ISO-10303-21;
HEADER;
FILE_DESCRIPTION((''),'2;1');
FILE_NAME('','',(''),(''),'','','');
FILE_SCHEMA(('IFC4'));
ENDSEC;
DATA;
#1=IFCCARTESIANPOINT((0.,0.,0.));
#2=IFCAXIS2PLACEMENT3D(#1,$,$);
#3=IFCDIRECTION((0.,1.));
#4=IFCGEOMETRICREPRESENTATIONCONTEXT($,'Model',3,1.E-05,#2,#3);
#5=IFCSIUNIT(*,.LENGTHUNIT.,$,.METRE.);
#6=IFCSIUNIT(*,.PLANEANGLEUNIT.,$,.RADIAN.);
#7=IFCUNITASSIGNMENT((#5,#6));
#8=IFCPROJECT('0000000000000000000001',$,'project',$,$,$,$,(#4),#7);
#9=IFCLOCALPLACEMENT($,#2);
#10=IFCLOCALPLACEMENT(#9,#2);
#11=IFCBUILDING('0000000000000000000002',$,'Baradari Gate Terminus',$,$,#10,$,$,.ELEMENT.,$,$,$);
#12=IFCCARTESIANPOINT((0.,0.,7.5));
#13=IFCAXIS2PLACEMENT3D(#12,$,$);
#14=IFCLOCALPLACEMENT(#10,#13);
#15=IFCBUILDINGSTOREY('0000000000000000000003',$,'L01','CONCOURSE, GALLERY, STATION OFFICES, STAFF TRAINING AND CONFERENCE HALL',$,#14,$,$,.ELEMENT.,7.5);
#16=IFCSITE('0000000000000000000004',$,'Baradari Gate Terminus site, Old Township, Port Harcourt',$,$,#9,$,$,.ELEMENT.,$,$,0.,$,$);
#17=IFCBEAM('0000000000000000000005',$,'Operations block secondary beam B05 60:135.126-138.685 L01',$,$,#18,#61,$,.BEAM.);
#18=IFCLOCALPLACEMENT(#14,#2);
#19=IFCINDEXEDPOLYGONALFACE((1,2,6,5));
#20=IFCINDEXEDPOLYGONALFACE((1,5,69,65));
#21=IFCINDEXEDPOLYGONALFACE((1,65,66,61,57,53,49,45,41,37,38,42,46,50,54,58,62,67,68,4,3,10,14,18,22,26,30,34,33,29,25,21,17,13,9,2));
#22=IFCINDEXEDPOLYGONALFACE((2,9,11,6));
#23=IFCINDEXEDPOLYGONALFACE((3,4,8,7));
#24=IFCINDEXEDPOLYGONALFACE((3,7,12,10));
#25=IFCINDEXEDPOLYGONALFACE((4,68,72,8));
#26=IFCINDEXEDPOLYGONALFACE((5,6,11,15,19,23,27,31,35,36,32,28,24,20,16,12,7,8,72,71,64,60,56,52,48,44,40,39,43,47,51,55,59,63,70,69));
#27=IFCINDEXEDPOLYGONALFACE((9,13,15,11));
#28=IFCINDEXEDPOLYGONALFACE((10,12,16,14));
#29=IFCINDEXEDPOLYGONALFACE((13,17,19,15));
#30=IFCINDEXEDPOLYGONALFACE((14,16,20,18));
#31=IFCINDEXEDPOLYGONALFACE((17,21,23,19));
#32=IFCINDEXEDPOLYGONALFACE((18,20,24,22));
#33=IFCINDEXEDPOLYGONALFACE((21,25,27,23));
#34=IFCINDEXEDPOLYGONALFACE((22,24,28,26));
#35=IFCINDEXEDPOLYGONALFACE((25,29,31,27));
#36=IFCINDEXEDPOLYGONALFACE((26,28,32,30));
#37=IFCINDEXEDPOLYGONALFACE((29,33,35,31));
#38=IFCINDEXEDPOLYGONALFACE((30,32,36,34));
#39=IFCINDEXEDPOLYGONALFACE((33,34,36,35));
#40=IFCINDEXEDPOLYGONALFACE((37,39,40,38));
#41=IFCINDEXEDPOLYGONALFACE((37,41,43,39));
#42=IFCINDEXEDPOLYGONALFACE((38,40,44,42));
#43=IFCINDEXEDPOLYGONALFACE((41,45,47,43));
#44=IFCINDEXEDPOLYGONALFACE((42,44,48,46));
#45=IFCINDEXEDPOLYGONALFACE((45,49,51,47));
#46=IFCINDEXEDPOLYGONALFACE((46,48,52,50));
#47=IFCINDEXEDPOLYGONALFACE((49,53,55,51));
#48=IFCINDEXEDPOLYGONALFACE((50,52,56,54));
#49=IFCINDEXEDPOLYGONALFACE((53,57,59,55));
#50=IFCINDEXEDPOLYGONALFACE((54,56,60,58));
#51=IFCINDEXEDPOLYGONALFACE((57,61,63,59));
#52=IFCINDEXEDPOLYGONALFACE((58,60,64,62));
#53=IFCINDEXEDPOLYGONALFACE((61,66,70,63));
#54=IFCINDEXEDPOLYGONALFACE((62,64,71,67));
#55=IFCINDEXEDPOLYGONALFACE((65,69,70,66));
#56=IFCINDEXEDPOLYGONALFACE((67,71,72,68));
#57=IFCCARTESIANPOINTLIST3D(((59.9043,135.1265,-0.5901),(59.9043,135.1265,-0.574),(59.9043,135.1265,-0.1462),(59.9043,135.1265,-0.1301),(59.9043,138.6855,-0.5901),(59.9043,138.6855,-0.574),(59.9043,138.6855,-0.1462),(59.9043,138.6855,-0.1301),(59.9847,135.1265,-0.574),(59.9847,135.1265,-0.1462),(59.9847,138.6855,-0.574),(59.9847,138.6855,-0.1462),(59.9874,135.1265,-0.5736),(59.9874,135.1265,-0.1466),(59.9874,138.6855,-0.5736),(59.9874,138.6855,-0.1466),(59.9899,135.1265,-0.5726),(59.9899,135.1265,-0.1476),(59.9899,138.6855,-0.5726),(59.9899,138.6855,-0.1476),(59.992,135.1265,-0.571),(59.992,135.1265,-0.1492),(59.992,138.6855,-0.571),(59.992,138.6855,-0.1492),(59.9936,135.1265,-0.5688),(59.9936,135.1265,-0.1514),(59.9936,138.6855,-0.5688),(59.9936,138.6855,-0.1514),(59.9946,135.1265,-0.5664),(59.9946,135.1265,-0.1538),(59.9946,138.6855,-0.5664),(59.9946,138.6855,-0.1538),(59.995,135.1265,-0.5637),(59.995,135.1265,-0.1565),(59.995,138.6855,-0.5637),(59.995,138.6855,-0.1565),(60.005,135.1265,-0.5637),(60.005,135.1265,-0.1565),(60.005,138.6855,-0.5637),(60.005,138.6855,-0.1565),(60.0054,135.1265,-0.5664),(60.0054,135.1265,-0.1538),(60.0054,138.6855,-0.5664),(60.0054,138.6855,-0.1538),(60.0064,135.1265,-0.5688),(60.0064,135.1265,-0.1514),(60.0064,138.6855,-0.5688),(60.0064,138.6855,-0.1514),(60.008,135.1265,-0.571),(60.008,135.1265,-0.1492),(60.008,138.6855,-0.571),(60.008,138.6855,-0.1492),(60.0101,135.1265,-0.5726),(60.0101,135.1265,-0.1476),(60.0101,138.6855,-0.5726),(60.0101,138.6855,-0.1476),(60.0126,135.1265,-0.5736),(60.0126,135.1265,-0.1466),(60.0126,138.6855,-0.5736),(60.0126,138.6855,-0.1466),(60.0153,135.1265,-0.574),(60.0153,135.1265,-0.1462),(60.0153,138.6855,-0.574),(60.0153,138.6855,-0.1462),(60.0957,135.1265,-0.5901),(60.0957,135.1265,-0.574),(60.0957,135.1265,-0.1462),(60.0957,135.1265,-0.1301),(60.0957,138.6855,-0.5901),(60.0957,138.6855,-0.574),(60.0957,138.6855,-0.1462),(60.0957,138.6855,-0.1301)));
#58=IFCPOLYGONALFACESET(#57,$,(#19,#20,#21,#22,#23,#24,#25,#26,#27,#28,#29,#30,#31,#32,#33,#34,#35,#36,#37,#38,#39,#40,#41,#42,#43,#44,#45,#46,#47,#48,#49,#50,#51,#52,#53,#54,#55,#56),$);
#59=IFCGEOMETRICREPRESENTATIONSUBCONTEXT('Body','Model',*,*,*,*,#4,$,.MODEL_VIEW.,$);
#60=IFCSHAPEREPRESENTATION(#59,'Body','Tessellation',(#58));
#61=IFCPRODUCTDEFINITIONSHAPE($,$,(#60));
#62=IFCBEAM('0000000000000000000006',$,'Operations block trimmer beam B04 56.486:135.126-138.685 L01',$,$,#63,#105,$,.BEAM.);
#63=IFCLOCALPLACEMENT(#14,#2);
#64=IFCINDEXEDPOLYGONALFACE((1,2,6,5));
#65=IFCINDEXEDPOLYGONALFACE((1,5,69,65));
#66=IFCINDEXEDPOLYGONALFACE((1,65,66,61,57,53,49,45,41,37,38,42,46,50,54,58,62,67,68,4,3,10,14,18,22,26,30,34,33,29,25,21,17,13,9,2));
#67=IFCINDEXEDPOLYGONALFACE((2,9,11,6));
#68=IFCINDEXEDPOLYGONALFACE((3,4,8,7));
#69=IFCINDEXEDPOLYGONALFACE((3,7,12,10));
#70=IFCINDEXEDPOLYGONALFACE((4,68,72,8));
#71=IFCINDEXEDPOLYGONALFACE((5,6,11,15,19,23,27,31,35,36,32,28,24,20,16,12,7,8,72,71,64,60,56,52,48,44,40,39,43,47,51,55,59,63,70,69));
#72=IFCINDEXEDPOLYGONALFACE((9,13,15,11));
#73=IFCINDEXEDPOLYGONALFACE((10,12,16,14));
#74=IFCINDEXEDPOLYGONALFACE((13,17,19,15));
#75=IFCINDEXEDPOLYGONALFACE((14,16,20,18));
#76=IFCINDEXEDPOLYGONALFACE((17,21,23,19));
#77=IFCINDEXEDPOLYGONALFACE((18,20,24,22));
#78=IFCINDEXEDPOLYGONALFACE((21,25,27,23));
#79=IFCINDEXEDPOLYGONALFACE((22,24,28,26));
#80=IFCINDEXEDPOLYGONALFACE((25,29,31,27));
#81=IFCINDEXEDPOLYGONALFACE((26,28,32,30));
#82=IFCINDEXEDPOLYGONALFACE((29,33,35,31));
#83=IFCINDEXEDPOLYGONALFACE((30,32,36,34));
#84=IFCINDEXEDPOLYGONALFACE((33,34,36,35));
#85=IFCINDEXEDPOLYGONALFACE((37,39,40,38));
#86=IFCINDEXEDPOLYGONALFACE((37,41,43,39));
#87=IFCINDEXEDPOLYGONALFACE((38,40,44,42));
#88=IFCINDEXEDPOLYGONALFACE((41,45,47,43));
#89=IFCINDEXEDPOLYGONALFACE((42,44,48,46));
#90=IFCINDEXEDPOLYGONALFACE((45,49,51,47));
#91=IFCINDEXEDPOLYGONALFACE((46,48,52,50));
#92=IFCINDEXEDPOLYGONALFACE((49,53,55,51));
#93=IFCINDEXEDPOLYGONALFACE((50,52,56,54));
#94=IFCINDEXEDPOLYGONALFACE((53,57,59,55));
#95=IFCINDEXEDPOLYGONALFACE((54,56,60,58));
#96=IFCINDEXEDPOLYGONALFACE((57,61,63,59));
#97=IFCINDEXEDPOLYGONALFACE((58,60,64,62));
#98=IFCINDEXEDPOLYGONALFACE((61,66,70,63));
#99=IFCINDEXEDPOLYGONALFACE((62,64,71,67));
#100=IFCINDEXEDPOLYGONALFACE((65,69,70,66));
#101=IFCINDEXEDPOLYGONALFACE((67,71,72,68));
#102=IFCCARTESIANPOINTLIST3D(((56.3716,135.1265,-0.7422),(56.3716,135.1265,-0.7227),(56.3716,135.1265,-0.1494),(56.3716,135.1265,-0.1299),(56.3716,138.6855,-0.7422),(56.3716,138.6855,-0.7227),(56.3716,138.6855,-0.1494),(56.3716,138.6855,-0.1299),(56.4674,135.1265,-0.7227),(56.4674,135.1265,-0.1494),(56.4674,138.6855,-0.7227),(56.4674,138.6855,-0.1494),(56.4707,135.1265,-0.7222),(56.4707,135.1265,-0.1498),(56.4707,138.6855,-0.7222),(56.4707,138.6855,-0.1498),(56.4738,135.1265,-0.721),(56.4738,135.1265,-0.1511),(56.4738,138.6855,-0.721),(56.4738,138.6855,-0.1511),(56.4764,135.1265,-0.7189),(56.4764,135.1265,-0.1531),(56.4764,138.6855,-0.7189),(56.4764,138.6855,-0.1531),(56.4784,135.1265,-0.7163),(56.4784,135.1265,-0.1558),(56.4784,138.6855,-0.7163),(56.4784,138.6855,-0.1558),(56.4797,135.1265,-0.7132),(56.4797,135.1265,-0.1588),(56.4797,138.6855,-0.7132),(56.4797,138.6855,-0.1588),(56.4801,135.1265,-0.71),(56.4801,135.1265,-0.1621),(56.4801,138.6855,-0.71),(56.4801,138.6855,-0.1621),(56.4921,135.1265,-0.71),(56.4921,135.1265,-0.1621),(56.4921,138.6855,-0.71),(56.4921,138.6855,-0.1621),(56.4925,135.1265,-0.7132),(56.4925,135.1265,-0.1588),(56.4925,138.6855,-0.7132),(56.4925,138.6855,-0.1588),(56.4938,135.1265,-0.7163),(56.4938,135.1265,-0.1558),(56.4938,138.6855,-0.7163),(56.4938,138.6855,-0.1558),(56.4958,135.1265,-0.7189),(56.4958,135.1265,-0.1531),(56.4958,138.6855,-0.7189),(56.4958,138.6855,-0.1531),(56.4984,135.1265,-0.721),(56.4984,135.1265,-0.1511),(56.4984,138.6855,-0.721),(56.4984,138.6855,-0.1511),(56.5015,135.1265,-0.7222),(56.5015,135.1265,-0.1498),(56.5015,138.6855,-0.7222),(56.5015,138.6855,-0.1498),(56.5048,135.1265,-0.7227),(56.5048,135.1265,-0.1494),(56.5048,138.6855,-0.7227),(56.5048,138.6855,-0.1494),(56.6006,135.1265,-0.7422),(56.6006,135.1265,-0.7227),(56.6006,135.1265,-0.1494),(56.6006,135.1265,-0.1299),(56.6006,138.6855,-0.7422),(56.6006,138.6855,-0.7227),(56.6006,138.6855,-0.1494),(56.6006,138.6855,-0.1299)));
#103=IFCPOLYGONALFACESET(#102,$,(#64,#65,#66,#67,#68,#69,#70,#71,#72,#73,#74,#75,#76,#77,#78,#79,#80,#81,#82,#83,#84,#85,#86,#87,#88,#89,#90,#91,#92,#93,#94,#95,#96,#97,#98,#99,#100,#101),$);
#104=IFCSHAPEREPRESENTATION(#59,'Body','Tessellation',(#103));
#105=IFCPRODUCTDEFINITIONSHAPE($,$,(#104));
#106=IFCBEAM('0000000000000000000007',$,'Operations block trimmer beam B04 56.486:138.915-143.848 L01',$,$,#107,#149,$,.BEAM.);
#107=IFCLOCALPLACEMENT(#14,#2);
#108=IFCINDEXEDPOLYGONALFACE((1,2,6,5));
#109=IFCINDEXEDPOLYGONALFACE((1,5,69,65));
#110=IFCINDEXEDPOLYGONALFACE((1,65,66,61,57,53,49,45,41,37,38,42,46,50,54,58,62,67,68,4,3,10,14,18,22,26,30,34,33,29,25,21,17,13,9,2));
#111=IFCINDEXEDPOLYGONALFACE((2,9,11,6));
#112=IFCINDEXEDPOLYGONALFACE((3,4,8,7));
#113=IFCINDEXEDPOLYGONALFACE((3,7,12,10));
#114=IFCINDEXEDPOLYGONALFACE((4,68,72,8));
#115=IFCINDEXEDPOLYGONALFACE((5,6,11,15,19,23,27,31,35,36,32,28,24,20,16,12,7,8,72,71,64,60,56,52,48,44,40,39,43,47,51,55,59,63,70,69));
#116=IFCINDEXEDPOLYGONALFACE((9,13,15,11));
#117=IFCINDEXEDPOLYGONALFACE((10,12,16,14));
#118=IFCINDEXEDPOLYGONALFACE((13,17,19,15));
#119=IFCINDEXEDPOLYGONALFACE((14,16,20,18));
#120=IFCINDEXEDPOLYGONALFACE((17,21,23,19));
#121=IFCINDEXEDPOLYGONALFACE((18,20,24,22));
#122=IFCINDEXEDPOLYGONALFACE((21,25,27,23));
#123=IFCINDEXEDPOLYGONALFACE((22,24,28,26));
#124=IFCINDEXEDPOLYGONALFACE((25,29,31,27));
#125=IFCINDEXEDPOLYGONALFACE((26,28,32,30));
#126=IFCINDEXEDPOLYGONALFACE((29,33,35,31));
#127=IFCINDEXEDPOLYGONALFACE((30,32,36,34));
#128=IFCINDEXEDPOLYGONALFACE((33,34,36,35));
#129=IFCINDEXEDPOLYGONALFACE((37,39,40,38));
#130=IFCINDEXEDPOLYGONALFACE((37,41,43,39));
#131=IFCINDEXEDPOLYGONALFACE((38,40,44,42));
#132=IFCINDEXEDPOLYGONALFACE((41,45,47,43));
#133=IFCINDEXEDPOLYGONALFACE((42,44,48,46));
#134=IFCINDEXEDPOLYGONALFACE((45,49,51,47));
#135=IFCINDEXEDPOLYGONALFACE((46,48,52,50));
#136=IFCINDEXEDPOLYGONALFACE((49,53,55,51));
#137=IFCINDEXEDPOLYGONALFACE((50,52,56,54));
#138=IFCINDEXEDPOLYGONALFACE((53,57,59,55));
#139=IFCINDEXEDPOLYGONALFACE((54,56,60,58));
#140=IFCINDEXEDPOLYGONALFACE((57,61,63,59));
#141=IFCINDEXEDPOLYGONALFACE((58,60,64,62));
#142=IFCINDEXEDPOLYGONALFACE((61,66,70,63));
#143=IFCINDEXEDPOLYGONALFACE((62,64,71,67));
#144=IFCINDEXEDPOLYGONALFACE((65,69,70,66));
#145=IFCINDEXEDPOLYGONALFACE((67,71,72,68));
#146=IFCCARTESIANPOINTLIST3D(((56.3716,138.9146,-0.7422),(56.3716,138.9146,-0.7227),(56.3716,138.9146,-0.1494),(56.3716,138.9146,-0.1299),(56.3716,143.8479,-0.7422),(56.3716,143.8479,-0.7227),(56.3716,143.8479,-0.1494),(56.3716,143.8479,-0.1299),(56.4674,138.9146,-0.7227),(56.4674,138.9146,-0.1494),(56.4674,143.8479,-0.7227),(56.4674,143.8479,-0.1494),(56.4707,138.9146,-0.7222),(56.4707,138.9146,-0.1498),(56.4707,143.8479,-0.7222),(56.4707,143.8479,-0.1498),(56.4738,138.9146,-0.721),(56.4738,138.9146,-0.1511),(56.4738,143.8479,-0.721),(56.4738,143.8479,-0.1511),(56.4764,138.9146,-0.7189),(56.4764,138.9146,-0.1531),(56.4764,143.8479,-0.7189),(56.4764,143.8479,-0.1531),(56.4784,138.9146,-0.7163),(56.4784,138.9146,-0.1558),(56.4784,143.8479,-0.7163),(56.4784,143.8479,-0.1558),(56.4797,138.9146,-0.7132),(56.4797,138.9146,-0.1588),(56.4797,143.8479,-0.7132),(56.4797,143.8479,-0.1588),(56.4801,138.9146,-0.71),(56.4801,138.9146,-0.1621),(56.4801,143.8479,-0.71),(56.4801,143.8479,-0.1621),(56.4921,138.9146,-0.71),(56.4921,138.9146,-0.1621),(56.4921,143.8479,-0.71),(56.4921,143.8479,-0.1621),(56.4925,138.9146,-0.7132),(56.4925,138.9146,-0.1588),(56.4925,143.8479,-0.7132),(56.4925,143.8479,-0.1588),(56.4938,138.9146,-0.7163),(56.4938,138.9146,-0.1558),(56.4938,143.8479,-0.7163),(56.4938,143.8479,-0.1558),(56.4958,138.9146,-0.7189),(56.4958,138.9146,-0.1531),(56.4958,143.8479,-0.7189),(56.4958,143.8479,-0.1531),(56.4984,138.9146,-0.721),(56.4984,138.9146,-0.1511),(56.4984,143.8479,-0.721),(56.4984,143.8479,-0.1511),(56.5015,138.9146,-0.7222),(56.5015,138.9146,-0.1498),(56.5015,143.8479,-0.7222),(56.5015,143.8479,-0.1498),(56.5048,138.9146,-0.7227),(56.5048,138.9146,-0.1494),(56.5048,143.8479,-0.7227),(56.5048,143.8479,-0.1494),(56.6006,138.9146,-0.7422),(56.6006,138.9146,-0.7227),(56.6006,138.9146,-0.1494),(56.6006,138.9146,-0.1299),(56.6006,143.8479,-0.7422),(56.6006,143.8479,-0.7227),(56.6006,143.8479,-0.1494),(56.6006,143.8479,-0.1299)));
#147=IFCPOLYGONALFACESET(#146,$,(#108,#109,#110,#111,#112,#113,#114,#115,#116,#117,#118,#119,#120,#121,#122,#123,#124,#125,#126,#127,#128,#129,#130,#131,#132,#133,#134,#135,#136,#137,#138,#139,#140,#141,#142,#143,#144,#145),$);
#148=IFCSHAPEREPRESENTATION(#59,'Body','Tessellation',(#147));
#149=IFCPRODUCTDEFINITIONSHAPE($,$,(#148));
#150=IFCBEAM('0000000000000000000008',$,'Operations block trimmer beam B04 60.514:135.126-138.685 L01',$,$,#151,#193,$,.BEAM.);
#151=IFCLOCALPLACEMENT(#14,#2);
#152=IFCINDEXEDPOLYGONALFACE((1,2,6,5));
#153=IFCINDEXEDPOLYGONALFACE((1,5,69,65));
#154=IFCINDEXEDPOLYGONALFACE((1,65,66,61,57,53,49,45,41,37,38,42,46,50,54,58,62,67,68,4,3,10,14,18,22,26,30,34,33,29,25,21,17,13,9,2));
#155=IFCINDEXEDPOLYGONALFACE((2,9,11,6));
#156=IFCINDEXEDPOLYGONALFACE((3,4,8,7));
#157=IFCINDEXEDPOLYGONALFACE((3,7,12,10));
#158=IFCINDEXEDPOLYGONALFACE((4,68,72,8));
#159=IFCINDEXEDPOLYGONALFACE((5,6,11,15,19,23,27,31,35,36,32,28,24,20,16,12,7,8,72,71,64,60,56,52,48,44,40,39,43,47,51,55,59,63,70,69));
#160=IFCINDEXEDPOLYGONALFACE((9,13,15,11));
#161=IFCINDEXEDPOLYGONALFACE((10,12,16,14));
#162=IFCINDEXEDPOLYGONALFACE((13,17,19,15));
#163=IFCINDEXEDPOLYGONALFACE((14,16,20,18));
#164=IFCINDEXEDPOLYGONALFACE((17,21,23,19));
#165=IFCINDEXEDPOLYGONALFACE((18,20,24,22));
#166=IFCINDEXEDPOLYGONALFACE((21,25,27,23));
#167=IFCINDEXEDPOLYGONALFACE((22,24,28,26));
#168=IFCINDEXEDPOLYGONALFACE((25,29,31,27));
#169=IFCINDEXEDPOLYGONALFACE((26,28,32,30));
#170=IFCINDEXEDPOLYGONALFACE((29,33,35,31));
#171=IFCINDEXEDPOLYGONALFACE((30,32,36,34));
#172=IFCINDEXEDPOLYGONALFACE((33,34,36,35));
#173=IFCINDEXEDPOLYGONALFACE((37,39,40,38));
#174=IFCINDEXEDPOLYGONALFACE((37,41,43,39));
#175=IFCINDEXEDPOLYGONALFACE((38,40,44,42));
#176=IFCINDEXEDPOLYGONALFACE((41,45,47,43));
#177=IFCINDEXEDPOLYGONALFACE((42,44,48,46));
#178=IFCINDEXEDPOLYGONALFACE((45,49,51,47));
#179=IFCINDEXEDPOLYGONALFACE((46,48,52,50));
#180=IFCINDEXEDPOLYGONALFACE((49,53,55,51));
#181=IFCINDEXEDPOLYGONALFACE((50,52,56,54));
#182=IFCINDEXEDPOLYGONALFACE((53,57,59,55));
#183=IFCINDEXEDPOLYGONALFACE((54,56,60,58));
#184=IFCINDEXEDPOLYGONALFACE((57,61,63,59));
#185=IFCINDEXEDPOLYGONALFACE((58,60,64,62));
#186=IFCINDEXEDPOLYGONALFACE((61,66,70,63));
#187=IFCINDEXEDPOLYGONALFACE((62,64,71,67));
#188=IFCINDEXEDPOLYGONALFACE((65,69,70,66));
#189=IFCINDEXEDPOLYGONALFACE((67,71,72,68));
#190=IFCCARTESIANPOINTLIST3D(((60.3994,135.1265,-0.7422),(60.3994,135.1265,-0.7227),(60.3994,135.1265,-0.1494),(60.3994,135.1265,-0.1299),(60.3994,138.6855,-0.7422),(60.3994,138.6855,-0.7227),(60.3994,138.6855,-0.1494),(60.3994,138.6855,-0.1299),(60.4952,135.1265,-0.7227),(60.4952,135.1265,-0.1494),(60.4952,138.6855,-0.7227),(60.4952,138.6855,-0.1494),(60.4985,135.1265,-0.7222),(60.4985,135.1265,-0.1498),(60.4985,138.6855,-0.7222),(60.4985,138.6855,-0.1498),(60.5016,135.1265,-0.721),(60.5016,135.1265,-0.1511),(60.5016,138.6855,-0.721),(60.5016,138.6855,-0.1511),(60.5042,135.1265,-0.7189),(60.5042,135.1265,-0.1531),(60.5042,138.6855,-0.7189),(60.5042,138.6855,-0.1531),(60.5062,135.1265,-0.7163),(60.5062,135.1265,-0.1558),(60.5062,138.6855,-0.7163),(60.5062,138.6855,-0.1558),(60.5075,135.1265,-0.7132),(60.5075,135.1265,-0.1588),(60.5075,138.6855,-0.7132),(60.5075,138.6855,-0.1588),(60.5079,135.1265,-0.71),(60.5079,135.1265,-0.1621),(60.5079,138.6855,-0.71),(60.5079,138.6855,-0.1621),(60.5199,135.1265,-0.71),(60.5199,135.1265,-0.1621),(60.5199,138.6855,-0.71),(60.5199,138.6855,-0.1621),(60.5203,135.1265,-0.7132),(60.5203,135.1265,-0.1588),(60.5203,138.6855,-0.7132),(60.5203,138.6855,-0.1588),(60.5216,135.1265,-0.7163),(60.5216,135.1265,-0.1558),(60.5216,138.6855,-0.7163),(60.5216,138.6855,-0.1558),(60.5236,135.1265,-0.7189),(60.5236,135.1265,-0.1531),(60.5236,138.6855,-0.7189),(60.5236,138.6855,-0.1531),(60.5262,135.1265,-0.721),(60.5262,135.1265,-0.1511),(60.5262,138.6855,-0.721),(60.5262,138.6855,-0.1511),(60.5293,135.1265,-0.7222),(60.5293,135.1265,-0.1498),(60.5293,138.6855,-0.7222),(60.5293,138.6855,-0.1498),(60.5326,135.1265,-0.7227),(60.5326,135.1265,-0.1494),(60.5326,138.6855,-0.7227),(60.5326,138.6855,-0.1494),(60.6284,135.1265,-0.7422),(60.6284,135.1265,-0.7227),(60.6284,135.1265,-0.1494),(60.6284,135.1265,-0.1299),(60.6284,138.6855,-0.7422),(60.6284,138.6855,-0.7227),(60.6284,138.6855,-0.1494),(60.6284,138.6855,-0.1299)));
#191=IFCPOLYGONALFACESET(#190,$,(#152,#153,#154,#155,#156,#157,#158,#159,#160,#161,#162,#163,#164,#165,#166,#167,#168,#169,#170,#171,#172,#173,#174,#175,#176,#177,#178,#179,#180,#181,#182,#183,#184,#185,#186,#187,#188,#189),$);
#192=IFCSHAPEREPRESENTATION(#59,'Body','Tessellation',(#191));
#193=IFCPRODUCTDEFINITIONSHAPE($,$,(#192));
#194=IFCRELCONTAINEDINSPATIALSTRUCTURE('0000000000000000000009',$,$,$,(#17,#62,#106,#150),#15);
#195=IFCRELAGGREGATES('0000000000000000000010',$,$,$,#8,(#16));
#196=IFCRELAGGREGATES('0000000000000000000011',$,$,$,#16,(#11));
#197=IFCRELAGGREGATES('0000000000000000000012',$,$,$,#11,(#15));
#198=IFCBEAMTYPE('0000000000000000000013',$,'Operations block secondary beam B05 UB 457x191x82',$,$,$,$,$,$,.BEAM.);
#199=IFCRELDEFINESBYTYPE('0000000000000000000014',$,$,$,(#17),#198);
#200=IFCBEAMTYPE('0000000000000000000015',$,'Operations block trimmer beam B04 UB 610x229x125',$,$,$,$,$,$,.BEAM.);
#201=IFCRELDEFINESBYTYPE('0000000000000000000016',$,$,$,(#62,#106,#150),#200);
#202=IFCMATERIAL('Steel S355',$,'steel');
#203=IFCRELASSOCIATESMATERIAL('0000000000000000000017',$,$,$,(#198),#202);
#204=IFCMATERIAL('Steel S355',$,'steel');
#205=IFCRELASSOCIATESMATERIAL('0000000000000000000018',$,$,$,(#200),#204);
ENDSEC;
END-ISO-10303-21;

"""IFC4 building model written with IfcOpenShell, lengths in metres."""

from ifc_helpers import new_model, si_unit, direction, frame, origin, origin_2d, place, context, subcontext, project, spatial, i_section, extrude, material, material_profile, profile_set, type_object, element, save


model = new_model("IFC4")

# Units and contexts
model_context = context("Model", 3, precision=1e-05, world=origin(), true_north=direction((0.0, 1.0)))
body_context = subcontext(model_context, "Body", "Model", "MODEL_VIEW")
ifc_project = project(units=[si_unit("LENGTHUNIT", "METRE"), si_unit("PLANEANGLEUNIT", "RADIAN")], contexts=[model_context])

# Site, building, storey
site_placement = place(None, origin())
site = spatial("IfcSite", under=ifc_project, at=site_placement, Name="Baradari Gate Terminus site, Old Township, Port Harcourt", CompositionType="ELEMENT", RefElevation=0.0)
building_placement = place(site_placement, origin())
building = spatial("IfcBuilding", under=site, at=building_placement, Name="Baradari Gate Terminus", CompositionType="ELEMENT")
storey_placement = place(building_placement, frame((0.0, 0.0, 7.5)))
storey = spatial("IfcBuildingStorey", under=building, at=storey_placement, Name="L01", Description="CONCOURSE, GALLERY, STATION OFFICES, STAFF TRAINING AND CONFERENCE HALL", CompositionType="ELEMENT", Elevation=7.5)

# Beams
ifc_material_1 = material(Name="Steel S355", Category="steel")
ifc_material_profile_1 = material_profile(ifc_material_1, i_section(OverallWidth=0.1914, OverallDepth=0.46, WebThickness=0.01, FlangeThickness=0.0161, FilletRadius=0.0103, at=origin_2d()), Name="UB 457x191x82")
ifc_profile_set_1 = profile_set([ifc_material_profile_1], Name="Steel S355")
beam_type_1 = type_object("IfcBeamType", Name="Operations block secondary beam B05 UB 457x191x82", PredefinedType="BEAM", material=ifc_profile_set_1)
for number, where, z_axis, x_axis, name in (
    (1, (60.0, 135.1265, -0.3601), (0.0, 1.0, 0.0), (-1.0, 0.0, 0.0), "Operations block secondary beam B05 60:135.126-138.685 L01"),
):
    element("IfcBeam", number, at=place(storey_placement, frame(where, z_axis=z_axis, x_axis=x_axis)), inside=storey, type_object=beam_type_1, Name=name, PredefinedType="BEAM", context=body_context, shape_type="SweptSolid", body=[
        extrude(i_section(OverallWidth=0.1914, OverallDepth=0.46, WebThickness=0.01, FlangeThickness=0.0161, FilletRadius=0.0103, at=origin_2d()), origin(), (0.0, 0.0, 1.0), 3.5591),
    ])
ifc_material_2 = material(Name="Steel S355", Category="steel")
ifc_material_profile_2 = material_profile(ifc_material_2, i_section(OverallWidth=0.229, OverallDepth=0.6123, WebThickness=0.012, FlangeThickness=0.0195, FilletRadius=0.0127, at=origin_2d()), Name="UB 610x229x125")
ifc_profile_set_2 = profile_set([ifc_material_profile_2], Name="Steel S355")
beam_type_2 = type_object("IfcBeamType", Name="Operations block trimmer beam B04 UB 610x229x125", PredefinedType="BEAM", material=ifc_profile_set_2)
beam_1_placement = place(storey_placement, frame((56.4861, 135.1265, -0.436), z_axis=(0.0, 1.0, 0.0), x_axis=(-1.0, 0.0, 0.0)))
element("IfcBeam", 2, at=beam_1_placement, inside=storey, type_object=beam_type_2, Name="Operations block trimmer beam B04 56.486:135.126-138.685 L01", PredefinedType="BEAM", context=body_context, shape_type="SweptSolid", body=[
    extrude(i_section(OverallWidth=0.229, OverallDepth=0.6123, WebThickness=0.012, FlangeThickness=0.0195, FilletRadius=0.0127, at=origin_2d()), origin(), (0.0, 0.0, 1.0), 3.5591),
])
beam_2_placement = place(storey_placement, frame((56.4861, 138.9146, -0.436), z_axis=(0.0, 1.0, 0.0), x_axis=(-1.0, 0.0, 0.0)))
element("IfcBeam", 3, at=beam_2_placement, inside=storey, type_object=beam_type_2, Name="Operations block trimmer beam B04 56.486:138.915-143.848 L01", PredefinedType="BEAM", context=body_context, shape_type="SweptSolid", body=[
    extrude(i_section(OverallWidth=0.229, OverallDepth=0.6123, WebThickness=0.012, FlangeThickness=0.0195, FilletRadius=0.0127, at=origin_2d()), origin(), (0.0, 0.0, 1.0), 4.9333),
])
beam_3_placement = place(storey_placement, frame((60.5139, 135.1265, -0.436), z_axis=(0.0, 1.0, 0.0), x_axis=(-1.0, 0.0, 0.0)))
element("IfcBeam", 4, at=beam_3_placement, inside=storey, type_object=beam_type_2, Name="Operations block trimmer beam B04 60.514:135.126-138.685 L01", PredefinedType="BEAM", context=body_context, shape_type="SweptSolid", body=[
    extrude(i_section(OverallWidth=0.229, OverallDepth=0.6123, WebThickness=0.012, FlangeThickness=0.0195, FilletRadius=0.0127, at=origin_2d()), origin(), (0.0, 0.0, 1.0), 3.5591),
])

save(model, "model.ifc")
